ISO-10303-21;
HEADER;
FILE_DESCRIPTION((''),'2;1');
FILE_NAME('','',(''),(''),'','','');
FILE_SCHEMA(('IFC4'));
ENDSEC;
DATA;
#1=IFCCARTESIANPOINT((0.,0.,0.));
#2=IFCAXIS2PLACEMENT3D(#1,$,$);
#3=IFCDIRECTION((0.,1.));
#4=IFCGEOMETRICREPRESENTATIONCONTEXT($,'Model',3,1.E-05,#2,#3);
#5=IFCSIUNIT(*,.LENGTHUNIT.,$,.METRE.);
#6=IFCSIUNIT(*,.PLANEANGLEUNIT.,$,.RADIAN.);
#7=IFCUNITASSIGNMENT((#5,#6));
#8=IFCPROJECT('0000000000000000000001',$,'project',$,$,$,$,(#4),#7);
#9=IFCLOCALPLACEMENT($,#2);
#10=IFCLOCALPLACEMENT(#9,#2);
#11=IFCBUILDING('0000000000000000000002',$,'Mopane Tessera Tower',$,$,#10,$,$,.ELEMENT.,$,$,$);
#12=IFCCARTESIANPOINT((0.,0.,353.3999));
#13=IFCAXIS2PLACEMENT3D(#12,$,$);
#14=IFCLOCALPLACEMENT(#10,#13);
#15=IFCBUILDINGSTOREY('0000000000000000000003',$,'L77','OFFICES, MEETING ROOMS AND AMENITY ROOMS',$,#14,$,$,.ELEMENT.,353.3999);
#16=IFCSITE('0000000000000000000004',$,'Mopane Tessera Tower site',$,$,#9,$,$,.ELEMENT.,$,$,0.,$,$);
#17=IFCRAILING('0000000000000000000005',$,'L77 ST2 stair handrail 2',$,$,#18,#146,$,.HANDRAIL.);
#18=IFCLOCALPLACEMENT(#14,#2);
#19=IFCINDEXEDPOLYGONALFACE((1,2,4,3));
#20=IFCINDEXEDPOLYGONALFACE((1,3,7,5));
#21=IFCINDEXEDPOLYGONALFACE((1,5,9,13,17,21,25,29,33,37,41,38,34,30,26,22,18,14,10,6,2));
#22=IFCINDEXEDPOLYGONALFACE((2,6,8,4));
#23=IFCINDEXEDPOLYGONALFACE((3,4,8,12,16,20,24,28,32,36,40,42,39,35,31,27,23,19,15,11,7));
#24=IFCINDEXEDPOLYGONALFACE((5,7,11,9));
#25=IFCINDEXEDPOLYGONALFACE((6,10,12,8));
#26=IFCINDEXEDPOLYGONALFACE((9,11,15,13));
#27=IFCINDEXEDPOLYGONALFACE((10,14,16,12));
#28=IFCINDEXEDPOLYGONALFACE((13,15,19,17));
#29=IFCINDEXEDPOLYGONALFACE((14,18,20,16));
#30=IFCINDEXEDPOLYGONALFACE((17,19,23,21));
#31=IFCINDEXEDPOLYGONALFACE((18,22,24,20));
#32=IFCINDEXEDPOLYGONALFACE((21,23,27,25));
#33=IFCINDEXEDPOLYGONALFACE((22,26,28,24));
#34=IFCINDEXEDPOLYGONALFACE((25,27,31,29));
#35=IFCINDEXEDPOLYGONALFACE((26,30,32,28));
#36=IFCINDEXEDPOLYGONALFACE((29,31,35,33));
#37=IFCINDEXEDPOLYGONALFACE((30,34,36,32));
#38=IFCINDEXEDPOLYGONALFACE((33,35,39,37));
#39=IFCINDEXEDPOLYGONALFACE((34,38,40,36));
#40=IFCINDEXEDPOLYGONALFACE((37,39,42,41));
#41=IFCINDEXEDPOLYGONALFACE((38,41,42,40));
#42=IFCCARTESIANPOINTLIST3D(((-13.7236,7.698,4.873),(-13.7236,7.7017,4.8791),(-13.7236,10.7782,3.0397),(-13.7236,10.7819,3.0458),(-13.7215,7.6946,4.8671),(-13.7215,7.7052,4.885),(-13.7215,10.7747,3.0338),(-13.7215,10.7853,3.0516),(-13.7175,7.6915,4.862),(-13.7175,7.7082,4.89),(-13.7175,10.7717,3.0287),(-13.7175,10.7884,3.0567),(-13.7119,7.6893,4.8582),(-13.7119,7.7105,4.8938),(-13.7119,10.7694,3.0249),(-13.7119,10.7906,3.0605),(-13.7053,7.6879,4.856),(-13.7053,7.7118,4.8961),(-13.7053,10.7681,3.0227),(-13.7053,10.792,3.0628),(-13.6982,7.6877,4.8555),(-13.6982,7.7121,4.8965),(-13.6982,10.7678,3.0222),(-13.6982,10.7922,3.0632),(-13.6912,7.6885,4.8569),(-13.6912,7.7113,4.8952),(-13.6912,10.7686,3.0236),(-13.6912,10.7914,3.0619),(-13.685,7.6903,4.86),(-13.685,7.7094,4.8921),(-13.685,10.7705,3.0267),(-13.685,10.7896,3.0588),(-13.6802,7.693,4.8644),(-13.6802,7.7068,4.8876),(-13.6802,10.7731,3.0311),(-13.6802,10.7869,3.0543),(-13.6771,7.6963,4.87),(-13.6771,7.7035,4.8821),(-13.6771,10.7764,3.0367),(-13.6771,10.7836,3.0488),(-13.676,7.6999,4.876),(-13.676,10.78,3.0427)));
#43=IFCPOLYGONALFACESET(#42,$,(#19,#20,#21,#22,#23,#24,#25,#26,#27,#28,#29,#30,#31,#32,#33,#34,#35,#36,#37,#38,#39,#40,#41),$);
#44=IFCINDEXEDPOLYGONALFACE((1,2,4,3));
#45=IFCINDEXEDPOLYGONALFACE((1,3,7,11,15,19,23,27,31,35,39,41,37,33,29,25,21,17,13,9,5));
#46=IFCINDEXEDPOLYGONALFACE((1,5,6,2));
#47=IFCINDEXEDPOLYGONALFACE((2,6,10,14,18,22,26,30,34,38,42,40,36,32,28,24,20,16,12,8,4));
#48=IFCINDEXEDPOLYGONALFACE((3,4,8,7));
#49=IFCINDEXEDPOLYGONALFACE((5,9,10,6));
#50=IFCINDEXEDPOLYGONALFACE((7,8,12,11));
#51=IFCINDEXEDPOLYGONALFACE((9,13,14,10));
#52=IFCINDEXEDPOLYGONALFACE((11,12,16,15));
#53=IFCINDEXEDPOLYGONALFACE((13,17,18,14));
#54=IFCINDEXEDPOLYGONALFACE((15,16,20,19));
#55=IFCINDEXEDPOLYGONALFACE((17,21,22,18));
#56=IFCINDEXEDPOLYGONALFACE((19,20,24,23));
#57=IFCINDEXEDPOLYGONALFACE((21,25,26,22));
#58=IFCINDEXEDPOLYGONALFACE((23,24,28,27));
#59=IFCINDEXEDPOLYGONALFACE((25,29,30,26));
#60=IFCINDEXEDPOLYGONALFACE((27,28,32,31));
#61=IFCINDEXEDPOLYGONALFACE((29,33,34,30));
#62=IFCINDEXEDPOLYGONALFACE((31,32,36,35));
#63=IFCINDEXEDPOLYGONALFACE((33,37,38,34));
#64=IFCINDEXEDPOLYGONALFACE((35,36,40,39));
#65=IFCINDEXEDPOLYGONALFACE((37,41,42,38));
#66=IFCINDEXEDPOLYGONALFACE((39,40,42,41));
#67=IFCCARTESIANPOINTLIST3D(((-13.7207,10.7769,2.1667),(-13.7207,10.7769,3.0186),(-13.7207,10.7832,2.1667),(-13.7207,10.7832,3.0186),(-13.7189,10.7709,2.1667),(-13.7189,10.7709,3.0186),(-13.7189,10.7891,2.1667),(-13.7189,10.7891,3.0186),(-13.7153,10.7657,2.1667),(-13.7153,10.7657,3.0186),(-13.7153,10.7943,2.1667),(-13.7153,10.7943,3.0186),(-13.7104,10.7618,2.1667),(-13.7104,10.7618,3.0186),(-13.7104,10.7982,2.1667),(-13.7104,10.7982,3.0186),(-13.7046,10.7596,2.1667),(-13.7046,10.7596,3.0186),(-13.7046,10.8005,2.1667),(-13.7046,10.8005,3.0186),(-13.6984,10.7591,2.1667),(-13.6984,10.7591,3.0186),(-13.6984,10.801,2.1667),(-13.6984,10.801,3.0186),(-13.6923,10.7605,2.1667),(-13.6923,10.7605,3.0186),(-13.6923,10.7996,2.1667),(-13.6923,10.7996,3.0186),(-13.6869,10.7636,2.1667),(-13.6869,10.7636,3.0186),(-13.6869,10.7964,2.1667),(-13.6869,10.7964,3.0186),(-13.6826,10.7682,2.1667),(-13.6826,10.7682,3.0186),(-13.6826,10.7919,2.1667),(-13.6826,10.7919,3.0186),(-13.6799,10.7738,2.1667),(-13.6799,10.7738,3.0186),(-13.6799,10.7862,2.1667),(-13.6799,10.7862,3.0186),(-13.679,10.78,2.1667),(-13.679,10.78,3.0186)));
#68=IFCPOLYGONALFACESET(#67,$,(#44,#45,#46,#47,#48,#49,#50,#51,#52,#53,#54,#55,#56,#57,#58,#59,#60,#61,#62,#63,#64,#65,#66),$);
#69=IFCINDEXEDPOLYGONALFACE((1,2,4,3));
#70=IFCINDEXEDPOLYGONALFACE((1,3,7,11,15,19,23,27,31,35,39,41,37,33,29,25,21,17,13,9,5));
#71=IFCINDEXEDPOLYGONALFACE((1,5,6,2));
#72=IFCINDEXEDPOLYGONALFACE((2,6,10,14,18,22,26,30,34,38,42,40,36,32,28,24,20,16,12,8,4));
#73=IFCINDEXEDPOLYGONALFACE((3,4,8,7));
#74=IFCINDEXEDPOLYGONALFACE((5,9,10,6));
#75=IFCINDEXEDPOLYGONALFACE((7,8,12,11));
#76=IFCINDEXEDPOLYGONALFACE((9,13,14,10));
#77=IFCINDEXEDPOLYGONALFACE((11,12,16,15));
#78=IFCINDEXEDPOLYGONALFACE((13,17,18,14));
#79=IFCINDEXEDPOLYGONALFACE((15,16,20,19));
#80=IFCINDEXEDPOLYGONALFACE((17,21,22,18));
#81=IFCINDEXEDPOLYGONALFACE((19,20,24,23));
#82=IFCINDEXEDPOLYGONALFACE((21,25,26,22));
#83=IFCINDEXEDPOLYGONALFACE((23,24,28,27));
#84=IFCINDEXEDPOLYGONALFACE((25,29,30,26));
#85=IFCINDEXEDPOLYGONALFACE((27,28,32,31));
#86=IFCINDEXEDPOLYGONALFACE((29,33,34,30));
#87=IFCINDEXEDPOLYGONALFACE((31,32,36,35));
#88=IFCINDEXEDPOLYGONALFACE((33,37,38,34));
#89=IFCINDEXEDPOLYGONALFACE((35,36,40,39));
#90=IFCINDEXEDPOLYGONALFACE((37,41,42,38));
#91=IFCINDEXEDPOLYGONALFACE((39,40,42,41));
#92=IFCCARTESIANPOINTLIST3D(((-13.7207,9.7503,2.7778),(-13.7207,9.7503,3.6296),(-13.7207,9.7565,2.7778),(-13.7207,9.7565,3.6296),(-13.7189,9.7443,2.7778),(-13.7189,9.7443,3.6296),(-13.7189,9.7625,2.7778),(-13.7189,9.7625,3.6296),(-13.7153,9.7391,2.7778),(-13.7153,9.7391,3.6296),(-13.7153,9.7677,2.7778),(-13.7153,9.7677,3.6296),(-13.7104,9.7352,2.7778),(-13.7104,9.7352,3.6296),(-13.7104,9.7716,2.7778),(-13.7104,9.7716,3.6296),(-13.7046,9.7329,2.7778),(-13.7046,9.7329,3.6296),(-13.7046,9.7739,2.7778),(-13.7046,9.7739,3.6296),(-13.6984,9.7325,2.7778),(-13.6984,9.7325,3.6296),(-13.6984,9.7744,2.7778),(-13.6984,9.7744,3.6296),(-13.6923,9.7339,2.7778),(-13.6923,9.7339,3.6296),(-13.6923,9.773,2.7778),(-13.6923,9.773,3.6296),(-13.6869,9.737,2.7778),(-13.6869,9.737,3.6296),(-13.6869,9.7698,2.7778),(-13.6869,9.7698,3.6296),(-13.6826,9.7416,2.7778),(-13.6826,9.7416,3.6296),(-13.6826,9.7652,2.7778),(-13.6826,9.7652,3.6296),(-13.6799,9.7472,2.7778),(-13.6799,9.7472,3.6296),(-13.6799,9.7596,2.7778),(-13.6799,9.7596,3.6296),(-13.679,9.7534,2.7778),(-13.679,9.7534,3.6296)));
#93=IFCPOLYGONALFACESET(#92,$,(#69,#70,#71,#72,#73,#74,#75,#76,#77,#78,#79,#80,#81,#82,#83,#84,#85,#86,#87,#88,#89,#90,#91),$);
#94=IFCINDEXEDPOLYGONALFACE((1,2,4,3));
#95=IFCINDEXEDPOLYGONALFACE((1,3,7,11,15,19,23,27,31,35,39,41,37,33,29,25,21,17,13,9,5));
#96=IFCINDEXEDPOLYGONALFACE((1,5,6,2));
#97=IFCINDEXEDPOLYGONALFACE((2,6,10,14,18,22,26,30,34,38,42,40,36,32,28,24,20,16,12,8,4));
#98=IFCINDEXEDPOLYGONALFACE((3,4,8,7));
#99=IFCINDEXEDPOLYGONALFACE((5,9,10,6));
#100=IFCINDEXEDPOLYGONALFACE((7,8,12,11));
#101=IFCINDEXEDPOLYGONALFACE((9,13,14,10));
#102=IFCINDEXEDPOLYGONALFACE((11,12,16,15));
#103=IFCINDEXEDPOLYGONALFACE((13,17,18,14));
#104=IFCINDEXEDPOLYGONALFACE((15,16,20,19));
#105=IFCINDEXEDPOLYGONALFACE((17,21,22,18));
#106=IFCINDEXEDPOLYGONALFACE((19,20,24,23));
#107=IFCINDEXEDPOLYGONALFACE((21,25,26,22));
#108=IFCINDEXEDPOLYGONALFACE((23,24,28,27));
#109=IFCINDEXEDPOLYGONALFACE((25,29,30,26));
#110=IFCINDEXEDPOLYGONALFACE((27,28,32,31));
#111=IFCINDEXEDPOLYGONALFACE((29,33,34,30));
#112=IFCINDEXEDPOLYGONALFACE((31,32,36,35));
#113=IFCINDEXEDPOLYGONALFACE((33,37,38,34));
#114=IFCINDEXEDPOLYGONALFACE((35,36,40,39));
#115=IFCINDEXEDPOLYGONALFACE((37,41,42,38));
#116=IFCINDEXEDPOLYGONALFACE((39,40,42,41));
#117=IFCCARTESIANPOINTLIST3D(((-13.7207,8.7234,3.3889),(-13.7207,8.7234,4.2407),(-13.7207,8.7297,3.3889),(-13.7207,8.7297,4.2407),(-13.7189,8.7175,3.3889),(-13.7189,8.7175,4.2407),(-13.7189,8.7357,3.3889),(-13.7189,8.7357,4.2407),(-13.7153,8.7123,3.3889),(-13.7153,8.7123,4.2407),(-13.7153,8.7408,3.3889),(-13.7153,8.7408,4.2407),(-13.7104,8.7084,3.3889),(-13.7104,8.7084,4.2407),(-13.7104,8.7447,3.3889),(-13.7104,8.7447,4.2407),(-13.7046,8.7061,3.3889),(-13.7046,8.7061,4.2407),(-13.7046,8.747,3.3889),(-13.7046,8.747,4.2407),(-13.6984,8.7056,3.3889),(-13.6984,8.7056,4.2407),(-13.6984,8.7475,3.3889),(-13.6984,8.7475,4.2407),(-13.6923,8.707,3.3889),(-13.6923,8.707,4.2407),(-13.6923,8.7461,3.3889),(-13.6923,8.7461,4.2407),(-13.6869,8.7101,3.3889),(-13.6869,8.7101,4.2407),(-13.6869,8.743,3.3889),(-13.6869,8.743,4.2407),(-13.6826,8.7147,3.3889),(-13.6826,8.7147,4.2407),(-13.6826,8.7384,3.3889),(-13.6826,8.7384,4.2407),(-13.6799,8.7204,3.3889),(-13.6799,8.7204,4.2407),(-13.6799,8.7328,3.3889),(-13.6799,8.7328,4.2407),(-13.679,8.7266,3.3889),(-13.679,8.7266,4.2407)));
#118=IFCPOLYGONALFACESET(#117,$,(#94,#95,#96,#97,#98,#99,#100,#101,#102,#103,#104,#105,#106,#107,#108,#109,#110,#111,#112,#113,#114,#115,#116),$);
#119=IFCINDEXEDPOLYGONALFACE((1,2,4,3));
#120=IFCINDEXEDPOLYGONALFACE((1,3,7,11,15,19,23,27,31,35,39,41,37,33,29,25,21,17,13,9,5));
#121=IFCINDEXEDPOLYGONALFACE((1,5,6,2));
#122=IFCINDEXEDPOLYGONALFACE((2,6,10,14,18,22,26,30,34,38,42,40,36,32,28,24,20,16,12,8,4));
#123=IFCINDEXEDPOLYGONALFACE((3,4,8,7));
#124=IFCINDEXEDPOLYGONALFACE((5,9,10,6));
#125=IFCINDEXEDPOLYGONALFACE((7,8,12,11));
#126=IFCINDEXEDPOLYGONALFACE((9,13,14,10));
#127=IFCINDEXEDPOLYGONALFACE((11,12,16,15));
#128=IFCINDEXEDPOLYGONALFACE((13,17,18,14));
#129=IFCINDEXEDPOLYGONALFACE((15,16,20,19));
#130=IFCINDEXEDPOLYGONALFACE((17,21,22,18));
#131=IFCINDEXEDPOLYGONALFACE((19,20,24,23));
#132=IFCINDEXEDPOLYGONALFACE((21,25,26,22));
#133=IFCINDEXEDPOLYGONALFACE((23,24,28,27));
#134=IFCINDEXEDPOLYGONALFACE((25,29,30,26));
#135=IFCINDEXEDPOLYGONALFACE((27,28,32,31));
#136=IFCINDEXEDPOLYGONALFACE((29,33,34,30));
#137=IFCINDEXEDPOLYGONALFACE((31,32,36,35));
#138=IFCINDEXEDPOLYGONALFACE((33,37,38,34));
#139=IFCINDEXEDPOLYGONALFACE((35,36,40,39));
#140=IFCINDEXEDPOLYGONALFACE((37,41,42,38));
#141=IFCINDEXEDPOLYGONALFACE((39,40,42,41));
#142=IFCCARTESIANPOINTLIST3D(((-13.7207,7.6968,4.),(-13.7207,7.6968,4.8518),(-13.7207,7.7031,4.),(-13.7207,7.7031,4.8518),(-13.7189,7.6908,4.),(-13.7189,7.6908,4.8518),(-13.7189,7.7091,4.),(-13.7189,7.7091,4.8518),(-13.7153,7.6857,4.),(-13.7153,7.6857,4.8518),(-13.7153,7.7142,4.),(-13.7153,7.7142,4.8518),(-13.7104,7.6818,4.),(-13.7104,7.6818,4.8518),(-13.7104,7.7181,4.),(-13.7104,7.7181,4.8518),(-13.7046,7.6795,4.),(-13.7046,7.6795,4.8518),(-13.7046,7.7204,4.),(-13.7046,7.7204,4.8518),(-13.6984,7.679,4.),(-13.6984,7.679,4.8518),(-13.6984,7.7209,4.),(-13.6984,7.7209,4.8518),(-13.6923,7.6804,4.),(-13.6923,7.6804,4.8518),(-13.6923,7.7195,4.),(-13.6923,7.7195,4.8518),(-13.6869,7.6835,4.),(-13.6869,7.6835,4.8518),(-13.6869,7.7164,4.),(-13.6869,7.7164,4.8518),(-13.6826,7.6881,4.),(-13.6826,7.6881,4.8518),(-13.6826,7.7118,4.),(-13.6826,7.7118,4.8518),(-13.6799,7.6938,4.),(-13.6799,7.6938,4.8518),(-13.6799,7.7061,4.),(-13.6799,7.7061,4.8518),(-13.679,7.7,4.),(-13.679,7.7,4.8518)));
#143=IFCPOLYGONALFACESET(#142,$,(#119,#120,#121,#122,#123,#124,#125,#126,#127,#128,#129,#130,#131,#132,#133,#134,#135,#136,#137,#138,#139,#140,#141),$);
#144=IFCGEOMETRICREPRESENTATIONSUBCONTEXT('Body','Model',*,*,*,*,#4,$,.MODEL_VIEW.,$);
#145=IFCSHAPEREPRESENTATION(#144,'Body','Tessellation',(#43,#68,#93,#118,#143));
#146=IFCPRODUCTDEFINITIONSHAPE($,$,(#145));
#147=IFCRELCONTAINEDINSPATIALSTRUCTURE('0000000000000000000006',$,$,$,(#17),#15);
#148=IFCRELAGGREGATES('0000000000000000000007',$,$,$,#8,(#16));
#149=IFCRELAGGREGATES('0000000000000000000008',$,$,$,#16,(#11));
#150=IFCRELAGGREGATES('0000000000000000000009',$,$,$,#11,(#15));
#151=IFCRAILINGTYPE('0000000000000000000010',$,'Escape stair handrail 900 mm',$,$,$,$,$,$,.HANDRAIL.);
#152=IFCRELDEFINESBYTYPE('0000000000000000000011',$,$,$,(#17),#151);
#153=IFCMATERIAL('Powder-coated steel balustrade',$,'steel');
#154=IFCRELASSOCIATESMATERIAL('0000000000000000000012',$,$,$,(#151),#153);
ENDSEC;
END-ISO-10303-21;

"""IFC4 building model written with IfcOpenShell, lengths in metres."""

from ifc_helpers import new_model, si_unit, direction, frame, origin, origin_2d, place, context, subcontext, project, spatial, circle, extrude, material, type_object, element, save


model = new_model("IFC4")

# Units and contexts
model_context = context("Model", 3, precision=1e-05, world=origin(), true_north=direction((0.0, 1.0)))
body_context = subcontext(model_context, "Body", "Model", "MODEL_VIEW")
ifc_project = project(units=[si_unit("LENGTHUNIT", "METRE"), si_unit("PLANEANGLEUNIT", "RADIAN")], contexts=[model_context])

# Site, building, storey
site_placement = place(None, origin())
site = spatial("IfcSite", under=ifc_project, at=site_placement, Name="Mopane Tessera Tower site", CompositionType="ELEMENT", RefElevation=0.0)
building_placement = place(site_placement, origin())
building = spatial("IfcBuilding", under=site, at=building_placement, Name="Mopane Tessera Tower", CompositionType="ELEMENT")
storey_placement = place(building_placement, frame((0.0, 0.0, 353.3999)))
storey = spatial("IfcBuildingStorey", under=building, at=storey_placement, Name="L77", Description="OFFICES, MEETING ROOMS AND AMENITY ROOMS", CompositionType="ELEMENT", Elevation=353.3999)

# Railing
ifc_material_1 = material(Name="Powder-coated steel balustrade", Category="steel")
railing_type_1 = type_object("IfcRailingType", Name="Escape stair handrail 900 mm", PredefinedType="HANDRAIL", material=ifc_material_1)
railing_1_placement = place(storey_placement, frame((-13.7, 10.78, 2.1667)))
element("IfcRailing", 1, at=railing_1_placement, inside=storey, type_object=railing_type_1, Name="L77 ST2 stair handrail 2", PredefinedType="HANDRAIL", context=body_context, shape_type="SweptSolid", body=[
    extrude(circle(Radius=0.0239, at=origin_2d()), frame((0.0, 0.0, 0.876), z_axis=(0.0, -0.859309, 0.511458), x_axis=(1.0, 0.0, 0.0)), (0.0, 0.0, 1.0), 3.5845),
    extrude(circle(Radius=0.021, at=origin_2d()), origin(), (0.0, 0.0, 1.0), 0.8518),
    extrude(circle(Radius=0.021, at=origin_2d()), frame((0.0, -1.0266, 0.6111)), (0.0, 0.0, 1.0), 0.8518),
    extrude(circle(Radius=0.021, at=origin_2d()), frame((0.0, -2.0535, 1.2222)), (0.0, 0.0, 1.0), 0.8518),
    extrude(circle(Radius=0.021, at=origin_2d()), frame((0.0, -3.0801, 1.8333)), (0.0, 0.0, 1.0), 0.8518),
])

save(model, "model.ifc")
